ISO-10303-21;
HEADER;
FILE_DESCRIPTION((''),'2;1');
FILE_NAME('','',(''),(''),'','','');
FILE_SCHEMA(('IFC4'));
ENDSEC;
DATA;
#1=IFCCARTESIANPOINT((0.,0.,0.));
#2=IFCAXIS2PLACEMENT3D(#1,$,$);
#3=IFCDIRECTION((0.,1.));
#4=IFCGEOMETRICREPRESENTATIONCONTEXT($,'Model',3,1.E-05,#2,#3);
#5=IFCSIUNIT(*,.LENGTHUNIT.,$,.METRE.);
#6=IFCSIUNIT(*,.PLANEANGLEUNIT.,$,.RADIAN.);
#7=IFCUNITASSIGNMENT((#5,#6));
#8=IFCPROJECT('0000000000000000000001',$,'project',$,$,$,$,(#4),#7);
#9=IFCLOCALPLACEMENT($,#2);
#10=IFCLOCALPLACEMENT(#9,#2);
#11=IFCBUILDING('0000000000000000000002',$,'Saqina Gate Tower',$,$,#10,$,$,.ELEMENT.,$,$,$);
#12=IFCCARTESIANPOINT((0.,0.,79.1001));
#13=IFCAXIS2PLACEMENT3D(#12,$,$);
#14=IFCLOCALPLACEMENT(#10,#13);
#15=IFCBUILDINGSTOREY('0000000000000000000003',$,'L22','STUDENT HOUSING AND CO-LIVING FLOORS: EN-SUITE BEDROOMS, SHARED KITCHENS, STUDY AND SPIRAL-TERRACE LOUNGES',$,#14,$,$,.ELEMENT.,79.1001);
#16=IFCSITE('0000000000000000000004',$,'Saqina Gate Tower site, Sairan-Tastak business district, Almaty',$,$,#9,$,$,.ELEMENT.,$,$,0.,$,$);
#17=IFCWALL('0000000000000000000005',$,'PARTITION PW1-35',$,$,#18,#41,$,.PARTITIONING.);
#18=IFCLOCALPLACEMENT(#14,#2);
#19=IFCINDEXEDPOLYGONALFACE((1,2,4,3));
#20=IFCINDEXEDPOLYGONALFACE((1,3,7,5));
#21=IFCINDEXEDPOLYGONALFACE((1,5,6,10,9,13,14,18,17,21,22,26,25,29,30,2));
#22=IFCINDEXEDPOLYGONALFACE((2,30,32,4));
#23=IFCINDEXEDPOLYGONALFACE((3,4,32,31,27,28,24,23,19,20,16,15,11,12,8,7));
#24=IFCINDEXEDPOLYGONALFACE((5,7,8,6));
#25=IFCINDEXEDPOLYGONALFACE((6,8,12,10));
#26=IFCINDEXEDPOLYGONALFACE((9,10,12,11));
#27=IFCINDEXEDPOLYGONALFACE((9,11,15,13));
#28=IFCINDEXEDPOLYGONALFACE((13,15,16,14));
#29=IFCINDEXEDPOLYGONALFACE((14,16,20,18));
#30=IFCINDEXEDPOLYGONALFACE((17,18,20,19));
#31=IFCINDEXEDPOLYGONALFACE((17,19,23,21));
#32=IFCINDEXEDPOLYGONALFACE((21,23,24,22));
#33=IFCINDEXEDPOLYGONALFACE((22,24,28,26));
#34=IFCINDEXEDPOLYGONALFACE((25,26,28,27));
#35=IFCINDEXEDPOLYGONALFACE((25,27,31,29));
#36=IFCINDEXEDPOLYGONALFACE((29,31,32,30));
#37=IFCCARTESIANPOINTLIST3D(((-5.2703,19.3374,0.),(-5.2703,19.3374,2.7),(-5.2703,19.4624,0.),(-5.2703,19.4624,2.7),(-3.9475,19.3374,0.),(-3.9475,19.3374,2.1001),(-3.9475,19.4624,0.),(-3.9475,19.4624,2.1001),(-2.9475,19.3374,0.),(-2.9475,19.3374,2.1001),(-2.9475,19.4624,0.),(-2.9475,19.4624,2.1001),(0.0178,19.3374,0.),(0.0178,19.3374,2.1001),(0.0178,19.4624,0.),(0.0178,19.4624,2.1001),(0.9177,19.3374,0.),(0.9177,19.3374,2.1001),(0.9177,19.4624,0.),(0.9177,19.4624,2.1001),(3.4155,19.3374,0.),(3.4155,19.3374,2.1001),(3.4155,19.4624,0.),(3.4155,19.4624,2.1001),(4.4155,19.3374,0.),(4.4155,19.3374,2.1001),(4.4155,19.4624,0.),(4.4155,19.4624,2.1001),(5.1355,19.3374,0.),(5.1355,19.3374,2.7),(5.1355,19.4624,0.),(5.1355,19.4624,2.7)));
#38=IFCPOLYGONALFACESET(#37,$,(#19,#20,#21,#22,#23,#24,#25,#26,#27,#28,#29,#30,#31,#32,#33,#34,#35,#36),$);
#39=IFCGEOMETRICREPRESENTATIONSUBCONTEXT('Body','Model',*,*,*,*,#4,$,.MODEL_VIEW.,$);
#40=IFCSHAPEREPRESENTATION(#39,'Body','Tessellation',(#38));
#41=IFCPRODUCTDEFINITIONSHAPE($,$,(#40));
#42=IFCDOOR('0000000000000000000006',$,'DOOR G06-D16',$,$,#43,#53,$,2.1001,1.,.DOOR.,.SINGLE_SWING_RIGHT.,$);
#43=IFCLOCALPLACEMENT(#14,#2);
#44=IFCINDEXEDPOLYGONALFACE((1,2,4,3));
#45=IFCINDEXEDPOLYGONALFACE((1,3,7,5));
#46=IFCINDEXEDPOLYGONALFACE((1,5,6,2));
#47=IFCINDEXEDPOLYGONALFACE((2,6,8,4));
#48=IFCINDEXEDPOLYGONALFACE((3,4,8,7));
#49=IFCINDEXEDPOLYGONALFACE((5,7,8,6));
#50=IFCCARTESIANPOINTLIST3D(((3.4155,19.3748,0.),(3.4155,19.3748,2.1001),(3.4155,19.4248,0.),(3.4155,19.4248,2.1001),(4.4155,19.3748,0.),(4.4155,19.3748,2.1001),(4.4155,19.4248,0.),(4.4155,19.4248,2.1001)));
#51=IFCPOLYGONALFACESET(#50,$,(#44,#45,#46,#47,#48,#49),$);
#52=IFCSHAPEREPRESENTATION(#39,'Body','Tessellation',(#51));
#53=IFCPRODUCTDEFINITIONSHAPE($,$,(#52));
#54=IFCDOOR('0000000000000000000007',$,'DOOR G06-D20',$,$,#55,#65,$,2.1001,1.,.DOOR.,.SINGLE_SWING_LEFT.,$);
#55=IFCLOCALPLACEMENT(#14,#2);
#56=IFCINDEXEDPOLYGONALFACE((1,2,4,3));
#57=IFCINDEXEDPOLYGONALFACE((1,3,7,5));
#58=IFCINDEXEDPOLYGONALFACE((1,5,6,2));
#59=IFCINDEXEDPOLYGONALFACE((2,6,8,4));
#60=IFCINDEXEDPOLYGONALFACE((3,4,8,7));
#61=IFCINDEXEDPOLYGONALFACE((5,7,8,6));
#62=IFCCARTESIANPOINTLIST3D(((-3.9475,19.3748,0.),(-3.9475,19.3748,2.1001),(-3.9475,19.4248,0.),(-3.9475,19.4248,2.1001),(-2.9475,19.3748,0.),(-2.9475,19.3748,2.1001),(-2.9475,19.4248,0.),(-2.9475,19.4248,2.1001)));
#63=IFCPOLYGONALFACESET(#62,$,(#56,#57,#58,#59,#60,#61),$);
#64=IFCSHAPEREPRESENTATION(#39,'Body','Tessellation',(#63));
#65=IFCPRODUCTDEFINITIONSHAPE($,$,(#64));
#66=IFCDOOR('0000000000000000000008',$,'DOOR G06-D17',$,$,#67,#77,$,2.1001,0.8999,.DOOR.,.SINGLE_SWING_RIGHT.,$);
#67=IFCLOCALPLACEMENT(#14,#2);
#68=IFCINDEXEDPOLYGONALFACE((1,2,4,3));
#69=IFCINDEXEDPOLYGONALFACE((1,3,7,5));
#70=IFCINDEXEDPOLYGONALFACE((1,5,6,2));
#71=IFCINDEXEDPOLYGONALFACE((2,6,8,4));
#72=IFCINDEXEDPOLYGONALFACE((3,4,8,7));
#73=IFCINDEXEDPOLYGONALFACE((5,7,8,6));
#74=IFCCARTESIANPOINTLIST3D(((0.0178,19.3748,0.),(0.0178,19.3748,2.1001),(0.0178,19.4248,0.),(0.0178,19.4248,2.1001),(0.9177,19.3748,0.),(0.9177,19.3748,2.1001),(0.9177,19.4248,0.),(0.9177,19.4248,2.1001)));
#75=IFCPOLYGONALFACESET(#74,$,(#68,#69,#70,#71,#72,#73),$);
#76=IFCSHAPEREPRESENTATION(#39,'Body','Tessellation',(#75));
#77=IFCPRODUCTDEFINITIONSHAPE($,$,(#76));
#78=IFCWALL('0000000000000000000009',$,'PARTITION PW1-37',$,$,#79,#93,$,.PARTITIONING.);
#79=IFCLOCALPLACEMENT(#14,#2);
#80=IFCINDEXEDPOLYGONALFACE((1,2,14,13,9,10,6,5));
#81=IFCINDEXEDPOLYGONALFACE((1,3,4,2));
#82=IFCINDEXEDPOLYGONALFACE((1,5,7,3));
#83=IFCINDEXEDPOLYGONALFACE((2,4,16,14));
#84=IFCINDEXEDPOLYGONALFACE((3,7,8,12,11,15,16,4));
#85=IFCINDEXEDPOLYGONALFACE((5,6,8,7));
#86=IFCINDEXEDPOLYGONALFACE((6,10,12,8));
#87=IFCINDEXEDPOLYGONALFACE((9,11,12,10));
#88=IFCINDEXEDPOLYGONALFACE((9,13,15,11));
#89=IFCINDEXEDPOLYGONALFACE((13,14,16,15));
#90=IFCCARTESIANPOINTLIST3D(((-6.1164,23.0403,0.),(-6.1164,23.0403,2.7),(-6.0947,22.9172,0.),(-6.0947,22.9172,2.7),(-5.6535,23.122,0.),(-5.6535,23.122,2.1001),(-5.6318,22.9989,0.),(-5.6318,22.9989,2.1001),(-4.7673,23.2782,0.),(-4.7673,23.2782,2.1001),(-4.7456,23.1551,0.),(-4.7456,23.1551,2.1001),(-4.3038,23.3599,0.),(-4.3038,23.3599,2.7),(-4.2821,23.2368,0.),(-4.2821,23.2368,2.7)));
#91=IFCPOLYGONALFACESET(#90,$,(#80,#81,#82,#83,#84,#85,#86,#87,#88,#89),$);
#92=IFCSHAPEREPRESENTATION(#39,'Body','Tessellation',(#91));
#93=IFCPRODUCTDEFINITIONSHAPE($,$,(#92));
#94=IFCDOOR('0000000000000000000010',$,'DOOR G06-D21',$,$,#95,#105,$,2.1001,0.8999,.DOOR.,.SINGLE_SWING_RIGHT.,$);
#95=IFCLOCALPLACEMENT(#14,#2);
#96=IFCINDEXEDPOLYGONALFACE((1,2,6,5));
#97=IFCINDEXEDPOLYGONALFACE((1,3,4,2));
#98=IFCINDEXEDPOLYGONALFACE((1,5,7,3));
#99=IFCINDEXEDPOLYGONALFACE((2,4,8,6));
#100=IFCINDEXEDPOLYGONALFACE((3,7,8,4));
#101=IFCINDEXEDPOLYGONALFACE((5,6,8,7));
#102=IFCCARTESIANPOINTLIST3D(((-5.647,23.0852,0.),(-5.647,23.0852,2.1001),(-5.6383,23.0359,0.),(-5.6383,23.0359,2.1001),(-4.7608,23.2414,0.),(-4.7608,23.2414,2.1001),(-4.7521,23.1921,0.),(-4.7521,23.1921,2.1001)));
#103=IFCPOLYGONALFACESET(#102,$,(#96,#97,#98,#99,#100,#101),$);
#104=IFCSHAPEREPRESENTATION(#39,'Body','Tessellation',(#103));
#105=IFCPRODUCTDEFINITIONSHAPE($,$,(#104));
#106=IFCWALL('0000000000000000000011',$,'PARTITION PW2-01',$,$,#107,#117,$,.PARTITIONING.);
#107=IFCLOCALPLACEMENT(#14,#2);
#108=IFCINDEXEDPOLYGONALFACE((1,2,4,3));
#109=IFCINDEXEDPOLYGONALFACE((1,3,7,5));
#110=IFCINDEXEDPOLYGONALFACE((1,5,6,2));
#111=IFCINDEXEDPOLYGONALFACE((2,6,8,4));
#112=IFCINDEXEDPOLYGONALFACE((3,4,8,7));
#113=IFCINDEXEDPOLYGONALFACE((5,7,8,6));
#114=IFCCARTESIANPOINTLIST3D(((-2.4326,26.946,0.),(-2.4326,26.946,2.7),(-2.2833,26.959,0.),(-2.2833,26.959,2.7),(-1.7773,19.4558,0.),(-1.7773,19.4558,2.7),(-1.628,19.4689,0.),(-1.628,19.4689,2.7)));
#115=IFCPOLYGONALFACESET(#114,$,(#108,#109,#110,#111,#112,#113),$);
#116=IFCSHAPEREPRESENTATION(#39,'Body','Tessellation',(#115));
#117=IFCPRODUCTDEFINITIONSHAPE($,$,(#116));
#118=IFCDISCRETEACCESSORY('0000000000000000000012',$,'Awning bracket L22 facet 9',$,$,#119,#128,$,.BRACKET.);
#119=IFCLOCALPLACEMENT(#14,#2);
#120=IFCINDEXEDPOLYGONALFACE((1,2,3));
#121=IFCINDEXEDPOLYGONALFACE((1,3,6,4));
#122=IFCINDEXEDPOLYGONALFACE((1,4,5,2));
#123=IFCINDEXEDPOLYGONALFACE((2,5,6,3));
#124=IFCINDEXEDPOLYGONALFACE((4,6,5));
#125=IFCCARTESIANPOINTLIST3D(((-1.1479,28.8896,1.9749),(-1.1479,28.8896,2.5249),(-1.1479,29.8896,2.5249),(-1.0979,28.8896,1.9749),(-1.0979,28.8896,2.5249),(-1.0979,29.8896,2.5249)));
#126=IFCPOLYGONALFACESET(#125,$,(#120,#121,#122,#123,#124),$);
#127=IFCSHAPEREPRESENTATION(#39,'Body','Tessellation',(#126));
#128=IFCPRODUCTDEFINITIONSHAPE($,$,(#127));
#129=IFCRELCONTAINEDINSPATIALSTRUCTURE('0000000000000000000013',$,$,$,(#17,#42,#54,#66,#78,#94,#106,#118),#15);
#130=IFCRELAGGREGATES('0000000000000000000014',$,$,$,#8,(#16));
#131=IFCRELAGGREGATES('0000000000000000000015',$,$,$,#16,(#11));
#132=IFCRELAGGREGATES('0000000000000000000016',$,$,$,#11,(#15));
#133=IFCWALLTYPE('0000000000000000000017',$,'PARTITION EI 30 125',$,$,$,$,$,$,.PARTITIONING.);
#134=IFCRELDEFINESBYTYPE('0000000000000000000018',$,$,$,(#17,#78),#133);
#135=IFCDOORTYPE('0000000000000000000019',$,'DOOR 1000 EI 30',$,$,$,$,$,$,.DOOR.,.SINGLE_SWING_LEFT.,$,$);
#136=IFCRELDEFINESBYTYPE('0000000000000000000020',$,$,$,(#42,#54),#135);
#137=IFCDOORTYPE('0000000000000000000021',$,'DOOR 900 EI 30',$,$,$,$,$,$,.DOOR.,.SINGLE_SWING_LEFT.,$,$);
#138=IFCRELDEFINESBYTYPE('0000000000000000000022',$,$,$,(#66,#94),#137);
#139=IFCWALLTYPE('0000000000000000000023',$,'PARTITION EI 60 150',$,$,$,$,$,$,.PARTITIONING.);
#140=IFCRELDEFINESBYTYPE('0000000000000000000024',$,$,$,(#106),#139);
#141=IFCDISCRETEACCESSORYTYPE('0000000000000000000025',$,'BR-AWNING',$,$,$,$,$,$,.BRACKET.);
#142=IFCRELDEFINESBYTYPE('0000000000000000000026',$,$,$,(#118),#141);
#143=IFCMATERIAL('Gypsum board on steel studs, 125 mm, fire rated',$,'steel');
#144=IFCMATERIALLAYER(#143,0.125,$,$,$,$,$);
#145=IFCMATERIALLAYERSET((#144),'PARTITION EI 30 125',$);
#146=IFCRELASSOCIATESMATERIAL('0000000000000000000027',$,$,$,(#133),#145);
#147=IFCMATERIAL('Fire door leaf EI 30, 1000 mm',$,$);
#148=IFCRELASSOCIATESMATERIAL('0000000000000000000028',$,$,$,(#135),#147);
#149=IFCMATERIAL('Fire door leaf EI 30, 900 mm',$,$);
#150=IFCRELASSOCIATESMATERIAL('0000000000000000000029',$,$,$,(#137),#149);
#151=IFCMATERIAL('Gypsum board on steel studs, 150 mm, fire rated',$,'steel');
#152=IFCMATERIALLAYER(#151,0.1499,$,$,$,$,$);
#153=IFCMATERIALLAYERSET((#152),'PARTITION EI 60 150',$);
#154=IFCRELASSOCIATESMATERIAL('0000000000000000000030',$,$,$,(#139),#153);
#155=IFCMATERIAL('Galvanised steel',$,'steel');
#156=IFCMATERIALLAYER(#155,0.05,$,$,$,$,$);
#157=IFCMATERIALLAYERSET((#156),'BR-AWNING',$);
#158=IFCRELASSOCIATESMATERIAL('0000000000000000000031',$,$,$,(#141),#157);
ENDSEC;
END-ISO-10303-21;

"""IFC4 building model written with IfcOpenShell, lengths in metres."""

from ifc_helpers import new_model, si_unit, direction, frame, frame_2d, origin, place, context, subcontext, project, spatial, polyline, rectangle, outline, extrude, material, layer, layer_set, type_object, element, fill, save


model = new_model("IFC4")

# Units and contexts
model_context = context("Model", 3, precision=1e-05, world=origin(), true_north=direction((0.0, 1.0)))
body_context = subcontext(model_context, "Body", "Model", "MODEL_VIEW")
ifc_project = project(units=[si_unit("LENGTHUNIT", "METRE"), si_unit("PLANEANGLEUNIT", "RADIAN")], contexts=[model_context])

# Site, building, storey
site_placement = place(None, origin())
site = spatial("IfcSite", under=ifc_project, at=site_placement, Name="Saqina Gate Tower site, Sairan-Tastak business district, Almaty", CompositionType="ELEMENT", RefElevation=0.0)
building_placement = place(site_placement, origin())
building = spatial("IfcBuilding", under=site, at=building_placement, Name="Saqina Gate Tower", CompositionType="ELEMENT")
storey_placement = place(building_placement, frame((0.0, 0.0, 79.1001)))
storey = spatial("IfcBuildingStorey", under=building, at=storey_placement, Name="L22", Description="STUDENT HOUSING AND CO-LIVING FLOORS: EN-SUITE BEDROOMS, SHARED KITCHENS, STUDY AND SPIRAL-TERRACE LOUNGES", CompositionType="ELEMENT", Elevation=79.1001)

# Shared definitions
ifc_material_1 = material(Name="Gypsum board on steel studs, 125 mm, fire rated", Category="steel")
ifc_layer_1 = layer(ifc_material_1, 0.125)
ifc_layer_set_1 = layer_set([ifc_layer_1], Name="PARTITION EI 30 125")
wall_type_1 = type_object("IfcWallType", Name="PARTITION EI 30 125", PredefinedType="PARTITIONING", material=ifc_layer_set_1)

# Wall, openings, doors
wall_1_placement = place(storey_placement, frame((-5.2703, 19.3999, 0.0), z_axis=(0.0, 0.0, 1.0), x_axis=(1.0, 0.0, 0.0)))
wall_1 = element("IfcWall", 1, at=wall_1_placement, inside=storey, type_object=wall_type_1, Name="PARTITION PW1-35", PredefinedType="PARTITIONING", context=body_context, shape_type="SweptSolid", body=[
    extrude(rectangle(XDim=10.4058, YDim=0.125, at=frame_2d((5.2029, 0.0))), origin(), (0.0, 0.0, 1.0), 2.7),
])
opening_1_placement = place(wall_1_placement, frame((8.6858, 0.0, 0.0)))
opening_1 = element("IfcOpeningElement", 2, at=opening_1_placement, cuts=wall_1, PredefinedType="OPENING", context=body_context, shape_type="SweptSolid", body=[
    extrude(rectangle(XDim=1.0, YDim=2.1001, at=frame_2d((0.5, 1.05))), frame((0.0, 0.0745, 0.0), z_axis=(0.0, -1.0, 0.0), x_axis=(1.0, 0.0, 0.0)), (0.0, 0.0, 1.0), 0.1489),
])
opening_2_placement = place(wall_1_placement, frame((5.2881, 0.0, 0.0)))
opening_2 = element("IfcOpeningElement", 3, at=opening_2_placement, cuts=wall_1, PredefinedType="OPENING", context=body_context, shape_type="SweptSolid", body=[
    extrude(rectangle(XDim=0.8999, YDim=2.1001, at=frame_2d((0.45, 1.05))), frame((0.0, 0.0745, 0.0), z_axis=(0.0, -1.0, 0.0), x_axis=(1.0, 0.0, 0.0)), (0.0, 0.0, 1.0), 0.1489),
])
opening_3_placement = place(wall_1_placement, frame((1.3228, 0.0, 0.0)))
opening_3 = element("IfcOpeningElement", 4, at=opening_3_placement, cuts=wall_1, PredefinedType="OPENING", context=body_context, shape_type="SweptSolid", body=[
    extrude(rectangle(XDim=1.0, YDim=2.1001, at=frame_2d((0.5, 1.05))), frame((0.0, 0.0745, 0.0), z_axis=(0.0, -1.0, 0.0), x_axis=(1.0, 0.0, 0.0)), (0.0, 0.0, 1.0), 0.1489),
])
ifc_material_2 = material(Name="Fire door leaf EI 30, 1000 mm")
door_type_1 = type_object("IfcDoorType", Name="DOOR 1000 EI 30", OperationType="SINGLE_SWING_LEFT", PredefinedType="DOOR", material=ifc_material_2)
door_1_placement = place(opening_1_placement, origin())
door_1 = element("IfcDoor", 5, at=door_1_placement, inside=storey, type_object=door_type_1, Name="DOOR G06-D16", OperationType="SINGLE_SWING_RIGHT", OverallHeight=2.1001, OverallWidth=1.0, PredefinedType="DOOR", context=body_context, shape_type="SweptSolid", body=[
    extrude(rectangle(XDim=1.0, YDim=2.1001, at=frame_2d((0.5, 1.05))), frame((0.0, 0.0249, 0.0), z_axis=(0.0, -1.0, 0.0), x_axis=(1.0, 0.0, 0.0)), (0.0, 0.0, 1.0), 0.05),
])
fill(opening_1, door_1)
door_2_placement = place(opening_3_placement, origin())
door_2 = element("IfcDoor", 6, at=door_2_placement, inside=storey, type_object=door_type_1, Name="DOOR G06-D20", OperationType="SINGLE_SWING_LEFT", OverallHeight=2.1001, OverallWidth=1.0, PredefinedType="DOOR", context=body_context, shape_type="SweptSolid", body=[
    extrude(rectangle(XDim=1.0, YDim=2.1001, at=frame_2d((0.5, 1.05))), frame((0.0, 0.0249, 0.0), z_axis=(0.0, -1.0, 0.0), x_axis=(1.0, 0.0, 0.0)), (0.0, 0.0, 1.0), 0.05),
])
fill(opening_3, door_2)
ifc_material_3 = material(Name="Fire door leaf EI 30, 900 mm")
door_type_2 = type_object("IfcDoorType", Name="DOOR 900 EI 30", OperationType="SINGLE_SWING_LEFT", PredefinedType="DOOR", material=ifc_material_3)
door_3_placement = place(opening_2_placement, origin())
door_3 = element("IfcDoor", 7, at=door_3_placement, inside=storey, type_object=door_type_2, Name="DOOR G06-D17", OperationType="SINGLE_SWING_RIGHT", OverallHeight=2.1001, OverallWidth=0.8999, PredefinedType="DOOR", context=body_context, shape_type="SweptSolid", body=[
    extrude(rectangle(XDim=0.8999, YDim=2.1001, at=frame_2d((0.45, 1.05))), frame((0.0, 0.0249, 0.0), z_axis=(0.0, -1.0, 0.0), x_axis=(1.0, 0.0, 0.0)), (0.0, 0.0, 1.0), 0.05),
])
fill(opening_2, door_3)

# Wall, opening, door
wall_2_placement = place(storey_placement, frame((-6.1057, 22.9788, 0.0), z_axis=(0.0, 0.0, 1.0), x_axis=(0.984809, 0.173642, 0.0)))
wall_2 = element("IfcWall", 8, at=wall_2_placement, inside=storey, type_object=wall_type_1, Name="PARTITION PW1-37", PredefinedType="PARTITIONING", context=body_context, shape_type="SweptSolid", body=[
    extrude(rectangle(XDim=1.8406, YDim=0.125, at=frame_2d((0.9204, 0.0))), origin(), (0.0, 0.0, 1.0), 2.7),
])
opening_4_placement = place(wall_2_placement, frame((0.4702, 0.0, 0.0)))
opening_4 = element("IfcOpeningElement", 9, at=opening_4_placement, cuts=wall_2, PredefinedType="OPENING", context=body_context, shape_type="SweptSolid", body=[
    extrude(rectangle(XDim=0.8999, YDim=2.1001, at=frame_2d((0.45, 1.05))), frame((0.0, 0.0745, 0.0), z_axis=(0.0, -1.0, 0.0), x_axis=(1.0, 0.0, 0.0)), (0.0, 0.0, 1.0), 0.1489),
])
door_4_placement = place(opening_4_placement, frame((0.8999, 0.0, 0.0), z_axis=(0.0, 0.0, 1.0), x_axis=(-1.0, 0.0, 0.0)))
door_4 = element("IfcDoor", 10, at=door_4_placement, inside=storey, type_object=door_type_2, Name="DOOR G06-D21", OperationType="SINGLE_SWING_RIGHT", OverallHeight=2.1001, OverallWidth=0.8999, PredefinedType="DOOR", context=body_context, shape_type="SweptSolid", body=[
    extrude(rectangle(XDim=0.8999, YDim=2.1001, at=frame_2d((0.45, 1.05))), frame((0.0, 0.0249, 0.0), z_axis=(0.0, -1.0, 0.0), x_axis=(1.0, 0.0, 0.0)), (0.0, 0.0, 1.0), 0.05),
])
fill(opening_4, door_4)

# Wall
ifc_material_4 = material(Name="Gypsum board on steel studs, 150 mm, fire rated", Category="steel")
ifc_layer_2 = layer(ifc_material_4, 0.1499)
ifc_layer_set_2 = layer_set([ifc_layer_2], Name="PARTITION EI 60 150")
wall_type_2 = type_object("IfcWallType", Name="PARTITION EI 60 150", PredefinedType="PARTITIONING", material=ifc_layer_set_2)
wall_3_placement = place(storey_placement, frame((-2.3579, 26.9524, 0.0), z_axis=(0.0, 0.0, 1.0), x_axis=(0.087151, -0.996195, 0.0)))
element("IfcWall", 11, at=wall_3_placement, inside=storey, type_object=wall_type_2, Name="PARTITION PW2-01", PredefinedType="PARTITIONING", context=body_context, shape_type="SweptSolid", body=[
    extrude(rectangle(XDim=7.5188, YDim=0.1499, at=frame_2d((3.7593, 0.0))), origin(), (0.0, 0.0, 1.0), 2.7),
])

# Discrete accessory
ifc_material_5 = material(Name="Galvanised steel", Category="steel")
ifc_layer_3 = layer(ifc_material_5, 0.05)
ifc_layer_set_3 = layer_set([ifc_layer_3], Name="BR-AWNING")
discrete_accessory_type = type_object("IfcDiscreteAccessoryType", Name="BR-AWNING", PredefinedType="BRACKET", material=ifc_layer_set_3)
discrete_accessory_placement = place(storey_placement, frame((-1.1479, 28.8896, 1.9749), z_axis=(-1.0, 0.0, 0.0), x_axis=(0.0, 0.0, 1.0)))
element("IfcDiscreteAccessory", 12, at=discrete_accessory_placement, inside=storey, type_object=discrete_accessory_type, Name="Awning bracket L22 facet 9", PredefinedType="BRACKET", context=body_context, shape_type="SweptSolid", body=[
    extrude(outline(polyline([(0.0, 0.0), (0.55, 0.0), (0.55, 1.0), (0.0, 0.0)])), origin(), (0.0, 0.0, -1.0), 0.05),
])

save(model, "model.ifc")
